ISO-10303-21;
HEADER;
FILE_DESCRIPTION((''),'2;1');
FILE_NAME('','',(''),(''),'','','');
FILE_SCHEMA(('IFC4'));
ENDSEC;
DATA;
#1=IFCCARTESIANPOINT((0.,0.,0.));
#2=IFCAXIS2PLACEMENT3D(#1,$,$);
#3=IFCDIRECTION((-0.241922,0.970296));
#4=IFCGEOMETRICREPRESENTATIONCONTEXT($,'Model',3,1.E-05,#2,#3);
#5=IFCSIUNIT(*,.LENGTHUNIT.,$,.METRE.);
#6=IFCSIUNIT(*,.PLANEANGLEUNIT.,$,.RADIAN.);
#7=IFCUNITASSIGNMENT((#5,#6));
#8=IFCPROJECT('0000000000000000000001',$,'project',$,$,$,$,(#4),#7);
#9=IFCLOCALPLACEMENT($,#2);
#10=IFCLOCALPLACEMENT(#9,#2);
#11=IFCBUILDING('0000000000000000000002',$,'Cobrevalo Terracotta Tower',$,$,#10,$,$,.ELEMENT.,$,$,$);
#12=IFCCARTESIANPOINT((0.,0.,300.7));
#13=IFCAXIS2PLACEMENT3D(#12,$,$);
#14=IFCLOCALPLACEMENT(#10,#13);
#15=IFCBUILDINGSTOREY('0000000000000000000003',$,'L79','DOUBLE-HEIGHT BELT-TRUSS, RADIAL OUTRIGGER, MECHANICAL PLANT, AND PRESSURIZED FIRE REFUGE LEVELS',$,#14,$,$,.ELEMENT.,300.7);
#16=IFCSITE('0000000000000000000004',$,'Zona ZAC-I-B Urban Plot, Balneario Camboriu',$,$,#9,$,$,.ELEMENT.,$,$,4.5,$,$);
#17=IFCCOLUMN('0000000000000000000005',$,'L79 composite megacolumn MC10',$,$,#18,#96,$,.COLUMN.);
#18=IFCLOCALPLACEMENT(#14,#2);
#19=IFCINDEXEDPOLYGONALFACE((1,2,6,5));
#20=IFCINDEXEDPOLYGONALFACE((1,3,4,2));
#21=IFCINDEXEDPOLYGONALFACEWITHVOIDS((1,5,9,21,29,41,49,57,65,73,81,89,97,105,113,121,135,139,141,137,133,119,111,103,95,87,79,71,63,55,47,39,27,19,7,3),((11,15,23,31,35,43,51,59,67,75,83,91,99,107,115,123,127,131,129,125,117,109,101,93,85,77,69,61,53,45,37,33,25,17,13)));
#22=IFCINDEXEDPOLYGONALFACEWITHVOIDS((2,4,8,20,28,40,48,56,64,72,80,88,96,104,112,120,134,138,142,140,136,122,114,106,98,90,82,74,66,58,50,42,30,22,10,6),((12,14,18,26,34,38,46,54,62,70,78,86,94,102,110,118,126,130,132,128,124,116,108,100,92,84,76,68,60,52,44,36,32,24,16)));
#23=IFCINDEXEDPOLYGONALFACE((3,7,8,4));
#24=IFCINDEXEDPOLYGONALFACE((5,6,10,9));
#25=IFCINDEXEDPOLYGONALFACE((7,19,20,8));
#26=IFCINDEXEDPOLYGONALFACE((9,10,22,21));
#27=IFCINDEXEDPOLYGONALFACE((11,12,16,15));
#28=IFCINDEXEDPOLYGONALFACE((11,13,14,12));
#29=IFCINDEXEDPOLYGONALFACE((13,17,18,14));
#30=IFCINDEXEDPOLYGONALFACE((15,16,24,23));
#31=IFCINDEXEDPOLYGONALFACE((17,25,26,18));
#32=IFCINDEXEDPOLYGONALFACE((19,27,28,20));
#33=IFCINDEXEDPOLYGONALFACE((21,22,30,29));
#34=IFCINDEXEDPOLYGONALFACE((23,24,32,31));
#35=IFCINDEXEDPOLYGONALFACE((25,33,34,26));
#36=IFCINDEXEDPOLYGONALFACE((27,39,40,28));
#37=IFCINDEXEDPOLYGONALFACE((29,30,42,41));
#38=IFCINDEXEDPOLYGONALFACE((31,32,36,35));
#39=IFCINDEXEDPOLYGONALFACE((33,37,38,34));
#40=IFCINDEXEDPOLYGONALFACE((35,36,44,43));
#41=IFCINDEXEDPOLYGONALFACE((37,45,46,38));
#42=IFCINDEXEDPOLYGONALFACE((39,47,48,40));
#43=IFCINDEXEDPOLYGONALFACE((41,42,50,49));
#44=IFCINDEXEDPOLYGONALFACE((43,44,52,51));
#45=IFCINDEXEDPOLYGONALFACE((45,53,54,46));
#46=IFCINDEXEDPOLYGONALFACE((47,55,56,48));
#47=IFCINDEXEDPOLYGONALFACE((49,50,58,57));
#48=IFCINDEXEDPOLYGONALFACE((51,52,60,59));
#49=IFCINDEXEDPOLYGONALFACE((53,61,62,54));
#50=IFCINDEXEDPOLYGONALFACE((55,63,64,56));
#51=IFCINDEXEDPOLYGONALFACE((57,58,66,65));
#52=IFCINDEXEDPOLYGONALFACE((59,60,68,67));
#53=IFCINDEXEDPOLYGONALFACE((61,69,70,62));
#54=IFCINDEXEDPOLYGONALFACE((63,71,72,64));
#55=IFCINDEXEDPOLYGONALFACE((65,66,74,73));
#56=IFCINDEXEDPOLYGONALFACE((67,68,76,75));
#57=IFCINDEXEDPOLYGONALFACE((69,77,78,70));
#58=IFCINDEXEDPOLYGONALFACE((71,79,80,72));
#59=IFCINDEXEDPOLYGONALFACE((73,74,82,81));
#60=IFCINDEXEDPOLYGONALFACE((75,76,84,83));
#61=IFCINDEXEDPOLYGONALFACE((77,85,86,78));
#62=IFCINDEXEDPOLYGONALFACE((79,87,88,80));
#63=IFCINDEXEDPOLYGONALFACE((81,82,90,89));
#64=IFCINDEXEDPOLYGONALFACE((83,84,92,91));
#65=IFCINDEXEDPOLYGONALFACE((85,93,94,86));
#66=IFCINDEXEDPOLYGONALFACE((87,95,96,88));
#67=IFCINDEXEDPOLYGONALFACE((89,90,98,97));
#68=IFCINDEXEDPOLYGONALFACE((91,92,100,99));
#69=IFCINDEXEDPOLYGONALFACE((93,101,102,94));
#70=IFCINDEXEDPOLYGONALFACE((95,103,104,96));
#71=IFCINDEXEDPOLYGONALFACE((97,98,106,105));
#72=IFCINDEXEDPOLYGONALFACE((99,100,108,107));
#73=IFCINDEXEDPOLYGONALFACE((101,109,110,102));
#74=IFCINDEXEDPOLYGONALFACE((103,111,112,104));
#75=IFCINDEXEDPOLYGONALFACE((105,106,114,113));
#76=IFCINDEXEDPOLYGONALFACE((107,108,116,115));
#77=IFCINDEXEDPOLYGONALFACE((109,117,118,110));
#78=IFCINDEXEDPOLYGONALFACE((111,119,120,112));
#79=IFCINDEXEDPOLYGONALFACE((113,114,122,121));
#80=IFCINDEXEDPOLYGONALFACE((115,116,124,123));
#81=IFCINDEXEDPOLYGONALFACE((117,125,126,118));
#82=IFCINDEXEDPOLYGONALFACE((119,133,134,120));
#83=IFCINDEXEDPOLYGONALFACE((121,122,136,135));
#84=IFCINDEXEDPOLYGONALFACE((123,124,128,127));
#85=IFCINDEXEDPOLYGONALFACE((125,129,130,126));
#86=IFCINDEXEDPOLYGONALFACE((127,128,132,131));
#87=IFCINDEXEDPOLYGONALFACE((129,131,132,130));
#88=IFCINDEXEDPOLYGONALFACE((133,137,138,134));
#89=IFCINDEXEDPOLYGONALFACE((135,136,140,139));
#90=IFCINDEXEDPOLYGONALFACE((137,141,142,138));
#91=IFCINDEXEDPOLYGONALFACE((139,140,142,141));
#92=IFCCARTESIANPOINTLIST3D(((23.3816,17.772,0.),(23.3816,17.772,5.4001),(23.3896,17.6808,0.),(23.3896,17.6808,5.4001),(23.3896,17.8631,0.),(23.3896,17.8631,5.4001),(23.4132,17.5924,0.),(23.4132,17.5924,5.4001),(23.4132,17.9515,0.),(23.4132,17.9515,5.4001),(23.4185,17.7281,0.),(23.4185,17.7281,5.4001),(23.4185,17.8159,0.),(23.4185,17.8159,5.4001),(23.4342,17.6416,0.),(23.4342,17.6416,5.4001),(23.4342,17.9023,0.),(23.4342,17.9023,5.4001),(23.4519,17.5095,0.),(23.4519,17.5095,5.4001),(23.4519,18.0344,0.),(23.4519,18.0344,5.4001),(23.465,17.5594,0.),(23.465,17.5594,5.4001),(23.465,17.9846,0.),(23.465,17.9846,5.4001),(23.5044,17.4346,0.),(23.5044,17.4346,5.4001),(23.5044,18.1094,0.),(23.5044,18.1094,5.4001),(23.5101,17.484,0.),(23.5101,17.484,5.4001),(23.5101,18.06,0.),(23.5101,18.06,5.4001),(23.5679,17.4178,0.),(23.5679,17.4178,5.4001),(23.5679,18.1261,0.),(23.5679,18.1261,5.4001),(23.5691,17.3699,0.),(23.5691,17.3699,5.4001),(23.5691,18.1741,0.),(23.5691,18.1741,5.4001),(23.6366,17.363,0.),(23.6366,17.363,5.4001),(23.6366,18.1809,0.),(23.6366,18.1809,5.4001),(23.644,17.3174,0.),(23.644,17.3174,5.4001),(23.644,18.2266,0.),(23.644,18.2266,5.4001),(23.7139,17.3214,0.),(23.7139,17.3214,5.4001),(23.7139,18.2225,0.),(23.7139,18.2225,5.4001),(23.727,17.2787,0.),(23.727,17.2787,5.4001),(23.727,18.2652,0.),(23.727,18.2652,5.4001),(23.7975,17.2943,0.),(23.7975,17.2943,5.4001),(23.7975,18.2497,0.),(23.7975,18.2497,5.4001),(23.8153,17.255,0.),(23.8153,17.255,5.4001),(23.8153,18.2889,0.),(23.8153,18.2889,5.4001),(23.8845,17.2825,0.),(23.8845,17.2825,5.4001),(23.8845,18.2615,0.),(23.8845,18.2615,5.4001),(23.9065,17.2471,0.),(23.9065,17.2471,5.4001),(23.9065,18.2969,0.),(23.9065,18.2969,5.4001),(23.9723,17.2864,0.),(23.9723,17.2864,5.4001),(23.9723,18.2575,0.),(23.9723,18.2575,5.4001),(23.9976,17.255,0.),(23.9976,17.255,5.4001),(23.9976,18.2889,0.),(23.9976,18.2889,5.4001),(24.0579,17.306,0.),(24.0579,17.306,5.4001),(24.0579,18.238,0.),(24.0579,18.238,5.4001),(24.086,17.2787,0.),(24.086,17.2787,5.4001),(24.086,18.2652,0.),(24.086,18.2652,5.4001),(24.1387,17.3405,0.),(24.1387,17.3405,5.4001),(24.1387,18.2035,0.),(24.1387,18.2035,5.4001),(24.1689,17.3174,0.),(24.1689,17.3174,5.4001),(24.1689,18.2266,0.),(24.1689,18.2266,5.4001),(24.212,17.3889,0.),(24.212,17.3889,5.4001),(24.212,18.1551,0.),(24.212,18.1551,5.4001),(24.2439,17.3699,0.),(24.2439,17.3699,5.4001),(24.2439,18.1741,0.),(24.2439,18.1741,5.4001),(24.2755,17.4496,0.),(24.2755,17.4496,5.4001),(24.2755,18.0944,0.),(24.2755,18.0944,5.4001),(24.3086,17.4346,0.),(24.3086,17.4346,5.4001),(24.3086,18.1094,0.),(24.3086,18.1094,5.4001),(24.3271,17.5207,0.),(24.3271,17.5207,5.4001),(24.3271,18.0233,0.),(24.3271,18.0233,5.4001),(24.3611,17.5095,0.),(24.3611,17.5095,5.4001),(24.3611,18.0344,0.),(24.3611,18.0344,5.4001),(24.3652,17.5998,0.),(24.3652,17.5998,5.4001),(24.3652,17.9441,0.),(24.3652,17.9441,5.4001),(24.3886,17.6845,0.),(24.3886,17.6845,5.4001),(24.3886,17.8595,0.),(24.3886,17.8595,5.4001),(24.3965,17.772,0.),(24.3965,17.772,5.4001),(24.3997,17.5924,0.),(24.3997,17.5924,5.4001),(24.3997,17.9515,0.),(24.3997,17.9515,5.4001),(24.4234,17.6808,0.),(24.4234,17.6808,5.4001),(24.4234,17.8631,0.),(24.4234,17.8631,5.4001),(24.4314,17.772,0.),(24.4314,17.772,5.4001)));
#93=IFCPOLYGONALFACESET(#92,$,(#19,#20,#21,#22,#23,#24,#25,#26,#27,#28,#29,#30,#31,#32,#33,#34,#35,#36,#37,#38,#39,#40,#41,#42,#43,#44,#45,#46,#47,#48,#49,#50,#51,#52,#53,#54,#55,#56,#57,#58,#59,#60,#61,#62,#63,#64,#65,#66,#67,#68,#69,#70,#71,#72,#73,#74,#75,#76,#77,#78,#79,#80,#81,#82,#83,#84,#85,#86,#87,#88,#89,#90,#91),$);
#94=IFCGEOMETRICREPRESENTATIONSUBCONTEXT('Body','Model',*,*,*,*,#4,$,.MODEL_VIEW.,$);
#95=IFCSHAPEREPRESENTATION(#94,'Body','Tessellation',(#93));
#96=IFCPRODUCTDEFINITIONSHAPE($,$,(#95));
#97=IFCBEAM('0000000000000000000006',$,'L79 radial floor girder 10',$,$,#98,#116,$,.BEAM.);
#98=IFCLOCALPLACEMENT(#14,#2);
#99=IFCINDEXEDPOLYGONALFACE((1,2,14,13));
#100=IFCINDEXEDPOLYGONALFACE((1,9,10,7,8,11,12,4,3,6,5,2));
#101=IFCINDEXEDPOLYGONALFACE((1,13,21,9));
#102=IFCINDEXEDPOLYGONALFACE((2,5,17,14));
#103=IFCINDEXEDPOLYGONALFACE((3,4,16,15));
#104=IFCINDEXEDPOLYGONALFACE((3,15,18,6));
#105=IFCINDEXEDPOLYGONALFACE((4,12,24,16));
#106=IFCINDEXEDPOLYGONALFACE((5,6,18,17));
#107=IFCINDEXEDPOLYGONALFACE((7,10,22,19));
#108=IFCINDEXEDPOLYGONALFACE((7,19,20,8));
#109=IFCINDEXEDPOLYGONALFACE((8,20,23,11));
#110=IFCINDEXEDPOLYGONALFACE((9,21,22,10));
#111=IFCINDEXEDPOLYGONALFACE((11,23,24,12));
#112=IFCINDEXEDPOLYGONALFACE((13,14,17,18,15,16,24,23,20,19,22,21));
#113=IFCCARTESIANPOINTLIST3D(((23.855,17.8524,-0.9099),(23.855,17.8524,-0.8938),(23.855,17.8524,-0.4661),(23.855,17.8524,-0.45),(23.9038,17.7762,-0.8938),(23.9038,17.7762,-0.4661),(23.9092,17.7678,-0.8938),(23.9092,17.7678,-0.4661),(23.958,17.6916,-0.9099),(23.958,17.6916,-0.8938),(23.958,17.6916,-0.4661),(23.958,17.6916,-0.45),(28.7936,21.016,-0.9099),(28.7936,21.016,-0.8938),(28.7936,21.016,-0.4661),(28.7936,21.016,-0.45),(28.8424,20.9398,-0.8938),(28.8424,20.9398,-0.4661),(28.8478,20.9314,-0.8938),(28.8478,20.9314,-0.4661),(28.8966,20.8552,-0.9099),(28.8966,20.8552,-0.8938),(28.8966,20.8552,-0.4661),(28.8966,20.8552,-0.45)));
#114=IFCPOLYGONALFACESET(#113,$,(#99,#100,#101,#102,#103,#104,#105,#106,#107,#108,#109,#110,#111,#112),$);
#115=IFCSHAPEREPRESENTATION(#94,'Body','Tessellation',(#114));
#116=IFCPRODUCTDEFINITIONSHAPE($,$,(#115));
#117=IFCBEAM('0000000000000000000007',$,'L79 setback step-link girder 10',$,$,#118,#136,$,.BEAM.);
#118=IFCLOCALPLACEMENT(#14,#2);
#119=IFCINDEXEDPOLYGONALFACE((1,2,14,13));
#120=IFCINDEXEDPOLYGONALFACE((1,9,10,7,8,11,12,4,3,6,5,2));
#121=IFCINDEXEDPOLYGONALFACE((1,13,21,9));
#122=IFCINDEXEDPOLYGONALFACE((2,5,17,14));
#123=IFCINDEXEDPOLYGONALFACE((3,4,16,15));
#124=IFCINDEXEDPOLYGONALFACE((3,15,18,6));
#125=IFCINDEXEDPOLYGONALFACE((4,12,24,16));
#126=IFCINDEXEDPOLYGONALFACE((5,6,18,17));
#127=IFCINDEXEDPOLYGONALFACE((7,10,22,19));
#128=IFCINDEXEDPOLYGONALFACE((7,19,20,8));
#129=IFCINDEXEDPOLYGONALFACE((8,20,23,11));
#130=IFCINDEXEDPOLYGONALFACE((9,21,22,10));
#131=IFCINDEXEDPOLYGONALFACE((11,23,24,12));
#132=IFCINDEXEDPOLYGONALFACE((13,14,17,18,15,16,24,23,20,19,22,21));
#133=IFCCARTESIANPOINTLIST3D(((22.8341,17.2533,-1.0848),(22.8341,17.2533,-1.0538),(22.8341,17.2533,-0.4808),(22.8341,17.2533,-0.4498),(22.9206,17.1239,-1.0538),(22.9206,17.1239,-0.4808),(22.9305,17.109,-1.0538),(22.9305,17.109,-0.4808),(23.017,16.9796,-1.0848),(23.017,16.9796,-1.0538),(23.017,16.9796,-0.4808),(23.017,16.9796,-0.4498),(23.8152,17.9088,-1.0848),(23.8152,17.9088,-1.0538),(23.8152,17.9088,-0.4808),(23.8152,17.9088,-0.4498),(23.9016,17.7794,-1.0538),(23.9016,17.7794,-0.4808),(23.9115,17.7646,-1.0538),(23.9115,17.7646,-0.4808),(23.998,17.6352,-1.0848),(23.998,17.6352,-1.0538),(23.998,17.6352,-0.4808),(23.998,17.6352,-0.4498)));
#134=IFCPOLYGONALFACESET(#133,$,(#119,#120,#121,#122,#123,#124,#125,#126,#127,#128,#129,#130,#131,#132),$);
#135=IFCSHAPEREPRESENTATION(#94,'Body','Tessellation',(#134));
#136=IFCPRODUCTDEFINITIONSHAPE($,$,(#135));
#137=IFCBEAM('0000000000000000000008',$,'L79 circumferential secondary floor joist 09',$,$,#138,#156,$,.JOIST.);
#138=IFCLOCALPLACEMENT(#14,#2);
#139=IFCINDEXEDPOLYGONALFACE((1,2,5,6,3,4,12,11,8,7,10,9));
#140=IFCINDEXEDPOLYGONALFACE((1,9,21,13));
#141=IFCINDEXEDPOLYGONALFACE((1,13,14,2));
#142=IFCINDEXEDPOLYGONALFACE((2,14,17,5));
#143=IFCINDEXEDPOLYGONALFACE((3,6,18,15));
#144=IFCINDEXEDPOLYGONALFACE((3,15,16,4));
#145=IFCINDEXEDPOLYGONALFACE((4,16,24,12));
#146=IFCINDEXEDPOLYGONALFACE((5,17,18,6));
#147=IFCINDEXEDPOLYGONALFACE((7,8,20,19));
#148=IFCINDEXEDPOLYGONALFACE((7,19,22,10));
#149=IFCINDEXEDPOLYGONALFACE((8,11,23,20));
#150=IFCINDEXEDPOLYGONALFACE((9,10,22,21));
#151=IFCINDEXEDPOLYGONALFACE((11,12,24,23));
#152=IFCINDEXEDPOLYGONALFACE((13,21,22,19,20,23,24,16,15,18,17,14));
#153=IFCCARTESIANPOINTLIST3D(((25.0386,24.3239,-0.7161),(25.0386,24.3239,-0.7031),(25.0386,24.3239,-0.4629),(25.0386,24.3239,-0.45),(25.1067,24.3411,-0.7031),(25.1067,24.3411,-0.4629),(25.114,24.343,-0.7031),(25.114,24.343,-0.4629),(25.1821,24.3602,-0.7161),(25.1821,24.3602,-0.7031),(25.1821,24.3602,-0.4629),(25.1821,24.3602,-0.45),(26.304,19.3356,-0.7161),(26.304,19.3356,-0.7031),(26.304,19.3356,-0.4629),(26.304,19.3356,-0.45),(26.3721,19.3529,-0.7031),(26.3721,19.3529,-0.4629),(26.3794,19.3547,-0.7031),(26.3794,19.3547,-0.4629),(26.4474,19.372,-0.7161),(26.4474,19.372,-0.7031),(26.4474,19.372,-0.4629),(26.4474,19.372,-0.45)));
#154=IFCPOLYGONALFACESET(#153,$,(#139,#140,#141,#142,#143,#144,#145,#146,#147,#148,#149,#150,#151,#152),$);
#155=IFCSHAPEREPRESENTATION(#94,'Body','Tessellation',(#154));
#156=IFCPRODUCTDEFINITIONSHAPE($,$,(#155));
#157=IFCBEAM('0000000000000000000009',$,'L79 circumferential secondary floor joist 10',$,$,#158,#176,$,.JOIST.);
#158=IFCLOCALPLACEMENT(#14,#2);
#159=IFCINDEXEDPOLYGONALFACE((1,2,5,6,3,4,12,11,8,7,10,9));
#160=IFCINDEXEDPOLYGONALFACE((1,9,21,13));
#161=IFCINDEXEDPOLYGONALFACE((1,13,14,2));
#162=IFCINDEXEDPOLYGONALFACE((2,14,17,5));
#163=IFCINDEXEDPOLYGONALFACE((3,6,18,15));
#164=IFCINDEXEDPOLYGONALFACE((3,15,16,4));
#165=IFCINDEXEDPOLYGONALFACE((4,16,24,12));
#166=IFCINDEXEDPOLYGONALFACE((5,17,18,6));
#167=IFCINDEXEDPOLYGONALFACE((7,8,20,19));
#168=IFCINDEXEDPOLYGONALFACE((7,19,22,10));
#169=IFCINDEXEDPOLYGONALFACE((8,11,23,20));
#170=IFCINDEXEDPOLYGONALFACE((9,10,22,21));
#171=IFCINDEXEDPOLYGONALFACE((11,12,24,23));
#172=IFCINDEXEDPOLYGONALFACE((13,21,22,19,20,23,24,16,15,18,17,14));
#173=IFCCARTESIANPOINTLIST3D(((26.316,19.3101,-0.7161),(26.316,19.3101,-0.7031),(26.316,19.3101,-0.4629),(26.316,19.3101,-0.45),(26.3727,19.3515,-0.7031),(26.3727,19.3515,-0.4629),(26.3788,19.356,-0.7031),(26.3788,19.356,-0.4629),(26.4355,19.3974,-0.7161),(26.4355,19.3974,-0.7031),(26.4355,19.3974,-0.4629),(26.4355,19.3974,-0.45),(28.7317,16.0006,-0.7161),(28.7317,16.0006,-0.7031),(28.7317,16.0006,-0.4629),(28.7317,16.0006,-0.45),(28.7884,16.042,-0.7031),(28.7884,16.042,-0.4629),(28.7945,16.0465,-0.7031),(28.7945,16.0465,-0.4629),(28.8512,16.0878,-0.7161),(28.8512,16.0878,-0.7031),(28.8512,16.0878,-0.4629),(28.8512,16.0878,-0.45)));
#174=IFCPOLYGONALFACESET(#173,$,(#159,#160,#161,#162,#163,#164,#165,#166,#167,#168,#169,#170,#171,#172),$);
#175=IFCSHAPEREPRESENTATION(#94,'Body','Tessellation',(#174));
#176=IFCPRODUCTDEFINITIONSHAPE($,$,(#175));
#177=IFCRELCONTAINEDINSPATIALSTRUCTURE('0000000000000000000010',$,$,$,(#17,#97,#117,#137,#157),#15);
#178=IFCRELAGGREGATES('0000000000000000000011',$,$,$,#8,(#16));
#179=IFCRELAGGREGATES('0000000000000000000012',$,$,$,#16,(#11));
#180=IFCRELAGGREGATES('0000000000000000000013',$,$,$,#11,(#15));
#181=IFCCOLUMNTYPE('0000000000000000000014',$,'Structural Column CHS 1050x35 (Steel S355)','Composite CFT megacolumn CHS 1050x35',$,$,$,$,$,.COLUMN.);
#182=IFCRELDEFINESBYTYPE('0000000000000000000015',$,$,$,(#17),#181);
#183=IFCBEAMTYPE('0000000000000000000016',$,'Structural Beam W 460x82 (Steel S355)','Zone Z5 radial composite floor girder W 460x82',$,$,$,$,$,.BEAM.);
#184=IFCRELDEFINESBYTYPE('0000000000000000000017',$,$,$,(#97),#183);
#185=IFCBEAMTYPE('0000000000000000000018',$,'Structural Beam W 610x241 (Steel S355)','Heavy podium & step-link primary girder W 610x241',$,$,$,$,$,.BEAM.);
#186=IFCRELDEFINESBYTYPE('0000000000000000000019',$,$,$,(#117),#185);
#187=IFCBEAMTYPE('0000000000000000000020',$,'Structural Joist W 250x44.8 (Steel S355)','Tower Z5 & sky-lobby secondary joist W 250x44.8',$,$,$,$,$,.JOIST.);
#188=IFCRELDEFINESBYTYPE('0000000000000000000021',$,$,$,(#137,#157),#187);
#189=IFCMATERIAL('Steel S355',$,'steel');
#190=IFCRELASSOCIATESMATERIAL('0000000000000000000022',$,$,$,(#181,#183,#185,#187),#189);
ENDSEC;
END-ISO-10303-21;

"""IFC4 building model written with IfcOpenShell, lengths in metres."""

from ifc_helpers import new_model, si_unit, direction, frame, origin, origin_2d, place, context, subcontext, project, spatial, hollow_circle, i_section, extrude, material, material_profile, profile_set, type_object, element, save


model = new_model("IFC4")

# Units and contexts
model_context = context("Model", 3, precision=1e-05, world=origin(), true_north=direction((-0.241922, 0.970296)))
body_context = subcontext(model_context, "Body", "Model", "MODEL_VIEW")
ifc_project = project(units=[si_unit("LENGTHUNIT", "METRE"), si_unit("PLANEANGLEUNIT", "RADIAN")], contexts=[model_context])

# Site, building, storey
site_placement = place(None, origin())
site = spatial("IfcSite", under=ifc_project, at=site_placement, Name="Zona ZAC-I-B Urban Plot, Balneario Camboriu", CompositionType="ELEMENT", RefElevation=4.5)
building_placement = place(site_placement, origin())
building = spatial("IfcBuilding", under=site, at=building_placement, Name="Cobrevalo Terracotta Tower", CompositionType="ELEMENT")
storey_placement = place(building_placement, frame((0.0, 0.0, 300.7)))
storey = spatial("IfcBuildingStorey", under=building, at=storey_placement, Name="L79", Description="DOUBLE-HEIGHT BELT-TRUSS, RADIAL OUTRIGGER, MECHANICAL PLANT, AND PRESSURIZED FIRE REFUGE LEVELS", CompositionType="ELEMENT", Elevation=300.7)

# Column
ifc_material_1 = material(Name="Steel S355", Category="steel")
ifc_material_profile_1 = material_profile(ifc_material_1, hollow_circle(Radius=0.5249, WallThickness=0.0349, at=origin_2d()), Name="CHS 1050x35")
ifc_profile_set_1 = profile_set([ifc_material_profile_1], Name="Steel S355")
column_type = type_object("IfcColumnType", Name="Structural Column CHS 1050x35 (Steel S355)", Description="Composite CFT megacolumn CHS 1050x35", PredefinedType="COLUMN", material=ifc_profile_set_1)
column_placement = place(storey_placement, frame((23.9065, 17.772, 0.0), z_axis=(0.0, 0.0, 1.0), x_axis=(1.0, 0.0, 0.0)))
element("IfcColumn", 1, at=column_placement, inside=storey, type_object=column_type, Name="L79 composite megacolumn MC10", PredefinedType="COLUMN", context=body_context, shape_type="SweptSolid", body=[
    extrude(hollow_circle(Radius=0.5249, WallThickness=0.0349, at=origin_2d()), origin(), (0.0, 0.0, 1.0), 5.4001),
])

# Beams
ifc_material_profile_2 = material_profile(ifc_material_1, i_section(OverallWidth=0.1909, OverallDepth=0.46, WebThickness=0.01, FlangeThickness=0.0161, at=origin_2d()), Name="W 460x82")
ifc_profile_set_2 = profile_set([ifc_material_profile_2], Name="Steel S355")
beam_type_1 = type_object("IfcBeamType", Name="Structural Beam W 460x82 (Steel S355)", Description="Zone Z5 radial composite floor girder W 460x82", PredefinedType="BEAM", material=ifc_profile_set_2)
beam_1_placement = place(storey_placement, frame((23.9065, 17.772, -0.6799), z_axis=(0.842043, 0.53941, 0.0), x_axis=(-0.53941, 0.842043, 0.0)))
element("IfcBeam", 2, at=beam_1_placement, inside=storey, type_object=beam_type_1, Name="L79 radial floor girder 10", PredefinedType="BEAM", context=body_context, shape_type="SweptSolid", body=[
    extrude(i_section(OverallWidth=0.1909, OverallDepth=0.46, WebThickness=0.01, FlangeThickness=0.0161, at=origin_2d()), origin(), (0.0, 0.0, 1.0), 5.865),
])
ifc_material_profile_3 = material_profile(ifc_material_1, i_section(OverallWidth=0.3291, OverallDepth=0.635, WebThickness=0.0178, FlangeThickness=0.031, at=origin_2d()), Name="W 610x241")
ifc_profile_set_3 = profile_set([ifc_material_profile_3], Name="Steel S355")
beam_type_2 = type_object("IfcBeamType", Name="Structural Beam W 610x241 (Steel S355)", Description="Heavy podium & step-link primary girder W 610x241", PredefinedType="BEAM", material=ifc_profile_set_3)
beam_2_placement = place(storey_placement, frame((22.9255, 17.1165, -0.7673), z_axis=(0.831445, 0.555607, 0.0), x_axis=(-0.555607, 0.831445, 0.0)))
element("IfcBeam", 3, at=beam_2_placement, inside=storey, type_object=beam_type_2, Name="L79 setback step-link girder 10", PredefinedType="BEAM", context=body_context, shape_type="SweptSolid", body=[
    extrude(i_section(OverallWidth=0.3291, OverallDepth=0.635, WebThickness=0.0178, FlangeThickness=0.031, at=origin_2d()), origin(), (0.0, 0.0, 1.0), 1.1799),
])
ifc_material_profile_4 = material_profile(ifc_material_1, i_section(OverallWidth=0.1479, OverallDepth=0.2661, WebThickness=0.0076, FlangeThickness=0.0129, at=origin_2d()), Name="W 250x44.8")
ifc_profile_set_4 = profile_set([ifc_material_profile_4], Name="Steel S355")
beam_type_3 = type_object("IfcBeamType", Name="Structural Joist W 250x44.8 (Steel S355)", Description="Tower Z5 & sky-lobby secondary joist W 250x44.8", PredefinedType="JOIST", material=ifc_profile_set_4)
beam_3_placement = place(storey_placement, frame((25.1104, 24.342, -0.583), z_axis=(0.245883, -0.9693, 0.0), x_axis=(0.9693, 0.245883, 0.0)))
element("IfcBeam", 4, at=beam_3_placement, inside=storey, type_object=beam_type_3, Name="L79 circumferential secondary floor joist 09", PredefinedType="JOIST", context=body_context, shape_type="SweptSolid", body=[
    extrude(i_section(OverallWidth=0.1479, OverallDepth=0.2661, WebThickness=0.0076, FlangeThickness=0.0129, at=origin_2d()), origin(), (0.0, 0.0, 1.0), 5.1462),
])
beam_4_placement = place(storey_placement, frame((26.3757, 19.3538, -0.583), z_axis=(0.589577, -0.807712, 0.0), x_axis=(0.807712, 0.589577, 0.0)))
element("IfcBeam", 5, at=beam_4_placement, inside=storey, type_object=beam_type_3, Name="L79 circumferential secondary floor joist 10", PredefinedType="JOIST", context=body_context, shape_type="SweptSolid", body=[
    extrude(i_section(OverallWidth=0.1479, OverallDepth=0.2661, WebThickness=0.0076, FlangeThickness=0.0129, at=origin_2d()), origin(), (0.0, 0.0, 1.0), 4.0974),
])

save(model, "model.ifc")
